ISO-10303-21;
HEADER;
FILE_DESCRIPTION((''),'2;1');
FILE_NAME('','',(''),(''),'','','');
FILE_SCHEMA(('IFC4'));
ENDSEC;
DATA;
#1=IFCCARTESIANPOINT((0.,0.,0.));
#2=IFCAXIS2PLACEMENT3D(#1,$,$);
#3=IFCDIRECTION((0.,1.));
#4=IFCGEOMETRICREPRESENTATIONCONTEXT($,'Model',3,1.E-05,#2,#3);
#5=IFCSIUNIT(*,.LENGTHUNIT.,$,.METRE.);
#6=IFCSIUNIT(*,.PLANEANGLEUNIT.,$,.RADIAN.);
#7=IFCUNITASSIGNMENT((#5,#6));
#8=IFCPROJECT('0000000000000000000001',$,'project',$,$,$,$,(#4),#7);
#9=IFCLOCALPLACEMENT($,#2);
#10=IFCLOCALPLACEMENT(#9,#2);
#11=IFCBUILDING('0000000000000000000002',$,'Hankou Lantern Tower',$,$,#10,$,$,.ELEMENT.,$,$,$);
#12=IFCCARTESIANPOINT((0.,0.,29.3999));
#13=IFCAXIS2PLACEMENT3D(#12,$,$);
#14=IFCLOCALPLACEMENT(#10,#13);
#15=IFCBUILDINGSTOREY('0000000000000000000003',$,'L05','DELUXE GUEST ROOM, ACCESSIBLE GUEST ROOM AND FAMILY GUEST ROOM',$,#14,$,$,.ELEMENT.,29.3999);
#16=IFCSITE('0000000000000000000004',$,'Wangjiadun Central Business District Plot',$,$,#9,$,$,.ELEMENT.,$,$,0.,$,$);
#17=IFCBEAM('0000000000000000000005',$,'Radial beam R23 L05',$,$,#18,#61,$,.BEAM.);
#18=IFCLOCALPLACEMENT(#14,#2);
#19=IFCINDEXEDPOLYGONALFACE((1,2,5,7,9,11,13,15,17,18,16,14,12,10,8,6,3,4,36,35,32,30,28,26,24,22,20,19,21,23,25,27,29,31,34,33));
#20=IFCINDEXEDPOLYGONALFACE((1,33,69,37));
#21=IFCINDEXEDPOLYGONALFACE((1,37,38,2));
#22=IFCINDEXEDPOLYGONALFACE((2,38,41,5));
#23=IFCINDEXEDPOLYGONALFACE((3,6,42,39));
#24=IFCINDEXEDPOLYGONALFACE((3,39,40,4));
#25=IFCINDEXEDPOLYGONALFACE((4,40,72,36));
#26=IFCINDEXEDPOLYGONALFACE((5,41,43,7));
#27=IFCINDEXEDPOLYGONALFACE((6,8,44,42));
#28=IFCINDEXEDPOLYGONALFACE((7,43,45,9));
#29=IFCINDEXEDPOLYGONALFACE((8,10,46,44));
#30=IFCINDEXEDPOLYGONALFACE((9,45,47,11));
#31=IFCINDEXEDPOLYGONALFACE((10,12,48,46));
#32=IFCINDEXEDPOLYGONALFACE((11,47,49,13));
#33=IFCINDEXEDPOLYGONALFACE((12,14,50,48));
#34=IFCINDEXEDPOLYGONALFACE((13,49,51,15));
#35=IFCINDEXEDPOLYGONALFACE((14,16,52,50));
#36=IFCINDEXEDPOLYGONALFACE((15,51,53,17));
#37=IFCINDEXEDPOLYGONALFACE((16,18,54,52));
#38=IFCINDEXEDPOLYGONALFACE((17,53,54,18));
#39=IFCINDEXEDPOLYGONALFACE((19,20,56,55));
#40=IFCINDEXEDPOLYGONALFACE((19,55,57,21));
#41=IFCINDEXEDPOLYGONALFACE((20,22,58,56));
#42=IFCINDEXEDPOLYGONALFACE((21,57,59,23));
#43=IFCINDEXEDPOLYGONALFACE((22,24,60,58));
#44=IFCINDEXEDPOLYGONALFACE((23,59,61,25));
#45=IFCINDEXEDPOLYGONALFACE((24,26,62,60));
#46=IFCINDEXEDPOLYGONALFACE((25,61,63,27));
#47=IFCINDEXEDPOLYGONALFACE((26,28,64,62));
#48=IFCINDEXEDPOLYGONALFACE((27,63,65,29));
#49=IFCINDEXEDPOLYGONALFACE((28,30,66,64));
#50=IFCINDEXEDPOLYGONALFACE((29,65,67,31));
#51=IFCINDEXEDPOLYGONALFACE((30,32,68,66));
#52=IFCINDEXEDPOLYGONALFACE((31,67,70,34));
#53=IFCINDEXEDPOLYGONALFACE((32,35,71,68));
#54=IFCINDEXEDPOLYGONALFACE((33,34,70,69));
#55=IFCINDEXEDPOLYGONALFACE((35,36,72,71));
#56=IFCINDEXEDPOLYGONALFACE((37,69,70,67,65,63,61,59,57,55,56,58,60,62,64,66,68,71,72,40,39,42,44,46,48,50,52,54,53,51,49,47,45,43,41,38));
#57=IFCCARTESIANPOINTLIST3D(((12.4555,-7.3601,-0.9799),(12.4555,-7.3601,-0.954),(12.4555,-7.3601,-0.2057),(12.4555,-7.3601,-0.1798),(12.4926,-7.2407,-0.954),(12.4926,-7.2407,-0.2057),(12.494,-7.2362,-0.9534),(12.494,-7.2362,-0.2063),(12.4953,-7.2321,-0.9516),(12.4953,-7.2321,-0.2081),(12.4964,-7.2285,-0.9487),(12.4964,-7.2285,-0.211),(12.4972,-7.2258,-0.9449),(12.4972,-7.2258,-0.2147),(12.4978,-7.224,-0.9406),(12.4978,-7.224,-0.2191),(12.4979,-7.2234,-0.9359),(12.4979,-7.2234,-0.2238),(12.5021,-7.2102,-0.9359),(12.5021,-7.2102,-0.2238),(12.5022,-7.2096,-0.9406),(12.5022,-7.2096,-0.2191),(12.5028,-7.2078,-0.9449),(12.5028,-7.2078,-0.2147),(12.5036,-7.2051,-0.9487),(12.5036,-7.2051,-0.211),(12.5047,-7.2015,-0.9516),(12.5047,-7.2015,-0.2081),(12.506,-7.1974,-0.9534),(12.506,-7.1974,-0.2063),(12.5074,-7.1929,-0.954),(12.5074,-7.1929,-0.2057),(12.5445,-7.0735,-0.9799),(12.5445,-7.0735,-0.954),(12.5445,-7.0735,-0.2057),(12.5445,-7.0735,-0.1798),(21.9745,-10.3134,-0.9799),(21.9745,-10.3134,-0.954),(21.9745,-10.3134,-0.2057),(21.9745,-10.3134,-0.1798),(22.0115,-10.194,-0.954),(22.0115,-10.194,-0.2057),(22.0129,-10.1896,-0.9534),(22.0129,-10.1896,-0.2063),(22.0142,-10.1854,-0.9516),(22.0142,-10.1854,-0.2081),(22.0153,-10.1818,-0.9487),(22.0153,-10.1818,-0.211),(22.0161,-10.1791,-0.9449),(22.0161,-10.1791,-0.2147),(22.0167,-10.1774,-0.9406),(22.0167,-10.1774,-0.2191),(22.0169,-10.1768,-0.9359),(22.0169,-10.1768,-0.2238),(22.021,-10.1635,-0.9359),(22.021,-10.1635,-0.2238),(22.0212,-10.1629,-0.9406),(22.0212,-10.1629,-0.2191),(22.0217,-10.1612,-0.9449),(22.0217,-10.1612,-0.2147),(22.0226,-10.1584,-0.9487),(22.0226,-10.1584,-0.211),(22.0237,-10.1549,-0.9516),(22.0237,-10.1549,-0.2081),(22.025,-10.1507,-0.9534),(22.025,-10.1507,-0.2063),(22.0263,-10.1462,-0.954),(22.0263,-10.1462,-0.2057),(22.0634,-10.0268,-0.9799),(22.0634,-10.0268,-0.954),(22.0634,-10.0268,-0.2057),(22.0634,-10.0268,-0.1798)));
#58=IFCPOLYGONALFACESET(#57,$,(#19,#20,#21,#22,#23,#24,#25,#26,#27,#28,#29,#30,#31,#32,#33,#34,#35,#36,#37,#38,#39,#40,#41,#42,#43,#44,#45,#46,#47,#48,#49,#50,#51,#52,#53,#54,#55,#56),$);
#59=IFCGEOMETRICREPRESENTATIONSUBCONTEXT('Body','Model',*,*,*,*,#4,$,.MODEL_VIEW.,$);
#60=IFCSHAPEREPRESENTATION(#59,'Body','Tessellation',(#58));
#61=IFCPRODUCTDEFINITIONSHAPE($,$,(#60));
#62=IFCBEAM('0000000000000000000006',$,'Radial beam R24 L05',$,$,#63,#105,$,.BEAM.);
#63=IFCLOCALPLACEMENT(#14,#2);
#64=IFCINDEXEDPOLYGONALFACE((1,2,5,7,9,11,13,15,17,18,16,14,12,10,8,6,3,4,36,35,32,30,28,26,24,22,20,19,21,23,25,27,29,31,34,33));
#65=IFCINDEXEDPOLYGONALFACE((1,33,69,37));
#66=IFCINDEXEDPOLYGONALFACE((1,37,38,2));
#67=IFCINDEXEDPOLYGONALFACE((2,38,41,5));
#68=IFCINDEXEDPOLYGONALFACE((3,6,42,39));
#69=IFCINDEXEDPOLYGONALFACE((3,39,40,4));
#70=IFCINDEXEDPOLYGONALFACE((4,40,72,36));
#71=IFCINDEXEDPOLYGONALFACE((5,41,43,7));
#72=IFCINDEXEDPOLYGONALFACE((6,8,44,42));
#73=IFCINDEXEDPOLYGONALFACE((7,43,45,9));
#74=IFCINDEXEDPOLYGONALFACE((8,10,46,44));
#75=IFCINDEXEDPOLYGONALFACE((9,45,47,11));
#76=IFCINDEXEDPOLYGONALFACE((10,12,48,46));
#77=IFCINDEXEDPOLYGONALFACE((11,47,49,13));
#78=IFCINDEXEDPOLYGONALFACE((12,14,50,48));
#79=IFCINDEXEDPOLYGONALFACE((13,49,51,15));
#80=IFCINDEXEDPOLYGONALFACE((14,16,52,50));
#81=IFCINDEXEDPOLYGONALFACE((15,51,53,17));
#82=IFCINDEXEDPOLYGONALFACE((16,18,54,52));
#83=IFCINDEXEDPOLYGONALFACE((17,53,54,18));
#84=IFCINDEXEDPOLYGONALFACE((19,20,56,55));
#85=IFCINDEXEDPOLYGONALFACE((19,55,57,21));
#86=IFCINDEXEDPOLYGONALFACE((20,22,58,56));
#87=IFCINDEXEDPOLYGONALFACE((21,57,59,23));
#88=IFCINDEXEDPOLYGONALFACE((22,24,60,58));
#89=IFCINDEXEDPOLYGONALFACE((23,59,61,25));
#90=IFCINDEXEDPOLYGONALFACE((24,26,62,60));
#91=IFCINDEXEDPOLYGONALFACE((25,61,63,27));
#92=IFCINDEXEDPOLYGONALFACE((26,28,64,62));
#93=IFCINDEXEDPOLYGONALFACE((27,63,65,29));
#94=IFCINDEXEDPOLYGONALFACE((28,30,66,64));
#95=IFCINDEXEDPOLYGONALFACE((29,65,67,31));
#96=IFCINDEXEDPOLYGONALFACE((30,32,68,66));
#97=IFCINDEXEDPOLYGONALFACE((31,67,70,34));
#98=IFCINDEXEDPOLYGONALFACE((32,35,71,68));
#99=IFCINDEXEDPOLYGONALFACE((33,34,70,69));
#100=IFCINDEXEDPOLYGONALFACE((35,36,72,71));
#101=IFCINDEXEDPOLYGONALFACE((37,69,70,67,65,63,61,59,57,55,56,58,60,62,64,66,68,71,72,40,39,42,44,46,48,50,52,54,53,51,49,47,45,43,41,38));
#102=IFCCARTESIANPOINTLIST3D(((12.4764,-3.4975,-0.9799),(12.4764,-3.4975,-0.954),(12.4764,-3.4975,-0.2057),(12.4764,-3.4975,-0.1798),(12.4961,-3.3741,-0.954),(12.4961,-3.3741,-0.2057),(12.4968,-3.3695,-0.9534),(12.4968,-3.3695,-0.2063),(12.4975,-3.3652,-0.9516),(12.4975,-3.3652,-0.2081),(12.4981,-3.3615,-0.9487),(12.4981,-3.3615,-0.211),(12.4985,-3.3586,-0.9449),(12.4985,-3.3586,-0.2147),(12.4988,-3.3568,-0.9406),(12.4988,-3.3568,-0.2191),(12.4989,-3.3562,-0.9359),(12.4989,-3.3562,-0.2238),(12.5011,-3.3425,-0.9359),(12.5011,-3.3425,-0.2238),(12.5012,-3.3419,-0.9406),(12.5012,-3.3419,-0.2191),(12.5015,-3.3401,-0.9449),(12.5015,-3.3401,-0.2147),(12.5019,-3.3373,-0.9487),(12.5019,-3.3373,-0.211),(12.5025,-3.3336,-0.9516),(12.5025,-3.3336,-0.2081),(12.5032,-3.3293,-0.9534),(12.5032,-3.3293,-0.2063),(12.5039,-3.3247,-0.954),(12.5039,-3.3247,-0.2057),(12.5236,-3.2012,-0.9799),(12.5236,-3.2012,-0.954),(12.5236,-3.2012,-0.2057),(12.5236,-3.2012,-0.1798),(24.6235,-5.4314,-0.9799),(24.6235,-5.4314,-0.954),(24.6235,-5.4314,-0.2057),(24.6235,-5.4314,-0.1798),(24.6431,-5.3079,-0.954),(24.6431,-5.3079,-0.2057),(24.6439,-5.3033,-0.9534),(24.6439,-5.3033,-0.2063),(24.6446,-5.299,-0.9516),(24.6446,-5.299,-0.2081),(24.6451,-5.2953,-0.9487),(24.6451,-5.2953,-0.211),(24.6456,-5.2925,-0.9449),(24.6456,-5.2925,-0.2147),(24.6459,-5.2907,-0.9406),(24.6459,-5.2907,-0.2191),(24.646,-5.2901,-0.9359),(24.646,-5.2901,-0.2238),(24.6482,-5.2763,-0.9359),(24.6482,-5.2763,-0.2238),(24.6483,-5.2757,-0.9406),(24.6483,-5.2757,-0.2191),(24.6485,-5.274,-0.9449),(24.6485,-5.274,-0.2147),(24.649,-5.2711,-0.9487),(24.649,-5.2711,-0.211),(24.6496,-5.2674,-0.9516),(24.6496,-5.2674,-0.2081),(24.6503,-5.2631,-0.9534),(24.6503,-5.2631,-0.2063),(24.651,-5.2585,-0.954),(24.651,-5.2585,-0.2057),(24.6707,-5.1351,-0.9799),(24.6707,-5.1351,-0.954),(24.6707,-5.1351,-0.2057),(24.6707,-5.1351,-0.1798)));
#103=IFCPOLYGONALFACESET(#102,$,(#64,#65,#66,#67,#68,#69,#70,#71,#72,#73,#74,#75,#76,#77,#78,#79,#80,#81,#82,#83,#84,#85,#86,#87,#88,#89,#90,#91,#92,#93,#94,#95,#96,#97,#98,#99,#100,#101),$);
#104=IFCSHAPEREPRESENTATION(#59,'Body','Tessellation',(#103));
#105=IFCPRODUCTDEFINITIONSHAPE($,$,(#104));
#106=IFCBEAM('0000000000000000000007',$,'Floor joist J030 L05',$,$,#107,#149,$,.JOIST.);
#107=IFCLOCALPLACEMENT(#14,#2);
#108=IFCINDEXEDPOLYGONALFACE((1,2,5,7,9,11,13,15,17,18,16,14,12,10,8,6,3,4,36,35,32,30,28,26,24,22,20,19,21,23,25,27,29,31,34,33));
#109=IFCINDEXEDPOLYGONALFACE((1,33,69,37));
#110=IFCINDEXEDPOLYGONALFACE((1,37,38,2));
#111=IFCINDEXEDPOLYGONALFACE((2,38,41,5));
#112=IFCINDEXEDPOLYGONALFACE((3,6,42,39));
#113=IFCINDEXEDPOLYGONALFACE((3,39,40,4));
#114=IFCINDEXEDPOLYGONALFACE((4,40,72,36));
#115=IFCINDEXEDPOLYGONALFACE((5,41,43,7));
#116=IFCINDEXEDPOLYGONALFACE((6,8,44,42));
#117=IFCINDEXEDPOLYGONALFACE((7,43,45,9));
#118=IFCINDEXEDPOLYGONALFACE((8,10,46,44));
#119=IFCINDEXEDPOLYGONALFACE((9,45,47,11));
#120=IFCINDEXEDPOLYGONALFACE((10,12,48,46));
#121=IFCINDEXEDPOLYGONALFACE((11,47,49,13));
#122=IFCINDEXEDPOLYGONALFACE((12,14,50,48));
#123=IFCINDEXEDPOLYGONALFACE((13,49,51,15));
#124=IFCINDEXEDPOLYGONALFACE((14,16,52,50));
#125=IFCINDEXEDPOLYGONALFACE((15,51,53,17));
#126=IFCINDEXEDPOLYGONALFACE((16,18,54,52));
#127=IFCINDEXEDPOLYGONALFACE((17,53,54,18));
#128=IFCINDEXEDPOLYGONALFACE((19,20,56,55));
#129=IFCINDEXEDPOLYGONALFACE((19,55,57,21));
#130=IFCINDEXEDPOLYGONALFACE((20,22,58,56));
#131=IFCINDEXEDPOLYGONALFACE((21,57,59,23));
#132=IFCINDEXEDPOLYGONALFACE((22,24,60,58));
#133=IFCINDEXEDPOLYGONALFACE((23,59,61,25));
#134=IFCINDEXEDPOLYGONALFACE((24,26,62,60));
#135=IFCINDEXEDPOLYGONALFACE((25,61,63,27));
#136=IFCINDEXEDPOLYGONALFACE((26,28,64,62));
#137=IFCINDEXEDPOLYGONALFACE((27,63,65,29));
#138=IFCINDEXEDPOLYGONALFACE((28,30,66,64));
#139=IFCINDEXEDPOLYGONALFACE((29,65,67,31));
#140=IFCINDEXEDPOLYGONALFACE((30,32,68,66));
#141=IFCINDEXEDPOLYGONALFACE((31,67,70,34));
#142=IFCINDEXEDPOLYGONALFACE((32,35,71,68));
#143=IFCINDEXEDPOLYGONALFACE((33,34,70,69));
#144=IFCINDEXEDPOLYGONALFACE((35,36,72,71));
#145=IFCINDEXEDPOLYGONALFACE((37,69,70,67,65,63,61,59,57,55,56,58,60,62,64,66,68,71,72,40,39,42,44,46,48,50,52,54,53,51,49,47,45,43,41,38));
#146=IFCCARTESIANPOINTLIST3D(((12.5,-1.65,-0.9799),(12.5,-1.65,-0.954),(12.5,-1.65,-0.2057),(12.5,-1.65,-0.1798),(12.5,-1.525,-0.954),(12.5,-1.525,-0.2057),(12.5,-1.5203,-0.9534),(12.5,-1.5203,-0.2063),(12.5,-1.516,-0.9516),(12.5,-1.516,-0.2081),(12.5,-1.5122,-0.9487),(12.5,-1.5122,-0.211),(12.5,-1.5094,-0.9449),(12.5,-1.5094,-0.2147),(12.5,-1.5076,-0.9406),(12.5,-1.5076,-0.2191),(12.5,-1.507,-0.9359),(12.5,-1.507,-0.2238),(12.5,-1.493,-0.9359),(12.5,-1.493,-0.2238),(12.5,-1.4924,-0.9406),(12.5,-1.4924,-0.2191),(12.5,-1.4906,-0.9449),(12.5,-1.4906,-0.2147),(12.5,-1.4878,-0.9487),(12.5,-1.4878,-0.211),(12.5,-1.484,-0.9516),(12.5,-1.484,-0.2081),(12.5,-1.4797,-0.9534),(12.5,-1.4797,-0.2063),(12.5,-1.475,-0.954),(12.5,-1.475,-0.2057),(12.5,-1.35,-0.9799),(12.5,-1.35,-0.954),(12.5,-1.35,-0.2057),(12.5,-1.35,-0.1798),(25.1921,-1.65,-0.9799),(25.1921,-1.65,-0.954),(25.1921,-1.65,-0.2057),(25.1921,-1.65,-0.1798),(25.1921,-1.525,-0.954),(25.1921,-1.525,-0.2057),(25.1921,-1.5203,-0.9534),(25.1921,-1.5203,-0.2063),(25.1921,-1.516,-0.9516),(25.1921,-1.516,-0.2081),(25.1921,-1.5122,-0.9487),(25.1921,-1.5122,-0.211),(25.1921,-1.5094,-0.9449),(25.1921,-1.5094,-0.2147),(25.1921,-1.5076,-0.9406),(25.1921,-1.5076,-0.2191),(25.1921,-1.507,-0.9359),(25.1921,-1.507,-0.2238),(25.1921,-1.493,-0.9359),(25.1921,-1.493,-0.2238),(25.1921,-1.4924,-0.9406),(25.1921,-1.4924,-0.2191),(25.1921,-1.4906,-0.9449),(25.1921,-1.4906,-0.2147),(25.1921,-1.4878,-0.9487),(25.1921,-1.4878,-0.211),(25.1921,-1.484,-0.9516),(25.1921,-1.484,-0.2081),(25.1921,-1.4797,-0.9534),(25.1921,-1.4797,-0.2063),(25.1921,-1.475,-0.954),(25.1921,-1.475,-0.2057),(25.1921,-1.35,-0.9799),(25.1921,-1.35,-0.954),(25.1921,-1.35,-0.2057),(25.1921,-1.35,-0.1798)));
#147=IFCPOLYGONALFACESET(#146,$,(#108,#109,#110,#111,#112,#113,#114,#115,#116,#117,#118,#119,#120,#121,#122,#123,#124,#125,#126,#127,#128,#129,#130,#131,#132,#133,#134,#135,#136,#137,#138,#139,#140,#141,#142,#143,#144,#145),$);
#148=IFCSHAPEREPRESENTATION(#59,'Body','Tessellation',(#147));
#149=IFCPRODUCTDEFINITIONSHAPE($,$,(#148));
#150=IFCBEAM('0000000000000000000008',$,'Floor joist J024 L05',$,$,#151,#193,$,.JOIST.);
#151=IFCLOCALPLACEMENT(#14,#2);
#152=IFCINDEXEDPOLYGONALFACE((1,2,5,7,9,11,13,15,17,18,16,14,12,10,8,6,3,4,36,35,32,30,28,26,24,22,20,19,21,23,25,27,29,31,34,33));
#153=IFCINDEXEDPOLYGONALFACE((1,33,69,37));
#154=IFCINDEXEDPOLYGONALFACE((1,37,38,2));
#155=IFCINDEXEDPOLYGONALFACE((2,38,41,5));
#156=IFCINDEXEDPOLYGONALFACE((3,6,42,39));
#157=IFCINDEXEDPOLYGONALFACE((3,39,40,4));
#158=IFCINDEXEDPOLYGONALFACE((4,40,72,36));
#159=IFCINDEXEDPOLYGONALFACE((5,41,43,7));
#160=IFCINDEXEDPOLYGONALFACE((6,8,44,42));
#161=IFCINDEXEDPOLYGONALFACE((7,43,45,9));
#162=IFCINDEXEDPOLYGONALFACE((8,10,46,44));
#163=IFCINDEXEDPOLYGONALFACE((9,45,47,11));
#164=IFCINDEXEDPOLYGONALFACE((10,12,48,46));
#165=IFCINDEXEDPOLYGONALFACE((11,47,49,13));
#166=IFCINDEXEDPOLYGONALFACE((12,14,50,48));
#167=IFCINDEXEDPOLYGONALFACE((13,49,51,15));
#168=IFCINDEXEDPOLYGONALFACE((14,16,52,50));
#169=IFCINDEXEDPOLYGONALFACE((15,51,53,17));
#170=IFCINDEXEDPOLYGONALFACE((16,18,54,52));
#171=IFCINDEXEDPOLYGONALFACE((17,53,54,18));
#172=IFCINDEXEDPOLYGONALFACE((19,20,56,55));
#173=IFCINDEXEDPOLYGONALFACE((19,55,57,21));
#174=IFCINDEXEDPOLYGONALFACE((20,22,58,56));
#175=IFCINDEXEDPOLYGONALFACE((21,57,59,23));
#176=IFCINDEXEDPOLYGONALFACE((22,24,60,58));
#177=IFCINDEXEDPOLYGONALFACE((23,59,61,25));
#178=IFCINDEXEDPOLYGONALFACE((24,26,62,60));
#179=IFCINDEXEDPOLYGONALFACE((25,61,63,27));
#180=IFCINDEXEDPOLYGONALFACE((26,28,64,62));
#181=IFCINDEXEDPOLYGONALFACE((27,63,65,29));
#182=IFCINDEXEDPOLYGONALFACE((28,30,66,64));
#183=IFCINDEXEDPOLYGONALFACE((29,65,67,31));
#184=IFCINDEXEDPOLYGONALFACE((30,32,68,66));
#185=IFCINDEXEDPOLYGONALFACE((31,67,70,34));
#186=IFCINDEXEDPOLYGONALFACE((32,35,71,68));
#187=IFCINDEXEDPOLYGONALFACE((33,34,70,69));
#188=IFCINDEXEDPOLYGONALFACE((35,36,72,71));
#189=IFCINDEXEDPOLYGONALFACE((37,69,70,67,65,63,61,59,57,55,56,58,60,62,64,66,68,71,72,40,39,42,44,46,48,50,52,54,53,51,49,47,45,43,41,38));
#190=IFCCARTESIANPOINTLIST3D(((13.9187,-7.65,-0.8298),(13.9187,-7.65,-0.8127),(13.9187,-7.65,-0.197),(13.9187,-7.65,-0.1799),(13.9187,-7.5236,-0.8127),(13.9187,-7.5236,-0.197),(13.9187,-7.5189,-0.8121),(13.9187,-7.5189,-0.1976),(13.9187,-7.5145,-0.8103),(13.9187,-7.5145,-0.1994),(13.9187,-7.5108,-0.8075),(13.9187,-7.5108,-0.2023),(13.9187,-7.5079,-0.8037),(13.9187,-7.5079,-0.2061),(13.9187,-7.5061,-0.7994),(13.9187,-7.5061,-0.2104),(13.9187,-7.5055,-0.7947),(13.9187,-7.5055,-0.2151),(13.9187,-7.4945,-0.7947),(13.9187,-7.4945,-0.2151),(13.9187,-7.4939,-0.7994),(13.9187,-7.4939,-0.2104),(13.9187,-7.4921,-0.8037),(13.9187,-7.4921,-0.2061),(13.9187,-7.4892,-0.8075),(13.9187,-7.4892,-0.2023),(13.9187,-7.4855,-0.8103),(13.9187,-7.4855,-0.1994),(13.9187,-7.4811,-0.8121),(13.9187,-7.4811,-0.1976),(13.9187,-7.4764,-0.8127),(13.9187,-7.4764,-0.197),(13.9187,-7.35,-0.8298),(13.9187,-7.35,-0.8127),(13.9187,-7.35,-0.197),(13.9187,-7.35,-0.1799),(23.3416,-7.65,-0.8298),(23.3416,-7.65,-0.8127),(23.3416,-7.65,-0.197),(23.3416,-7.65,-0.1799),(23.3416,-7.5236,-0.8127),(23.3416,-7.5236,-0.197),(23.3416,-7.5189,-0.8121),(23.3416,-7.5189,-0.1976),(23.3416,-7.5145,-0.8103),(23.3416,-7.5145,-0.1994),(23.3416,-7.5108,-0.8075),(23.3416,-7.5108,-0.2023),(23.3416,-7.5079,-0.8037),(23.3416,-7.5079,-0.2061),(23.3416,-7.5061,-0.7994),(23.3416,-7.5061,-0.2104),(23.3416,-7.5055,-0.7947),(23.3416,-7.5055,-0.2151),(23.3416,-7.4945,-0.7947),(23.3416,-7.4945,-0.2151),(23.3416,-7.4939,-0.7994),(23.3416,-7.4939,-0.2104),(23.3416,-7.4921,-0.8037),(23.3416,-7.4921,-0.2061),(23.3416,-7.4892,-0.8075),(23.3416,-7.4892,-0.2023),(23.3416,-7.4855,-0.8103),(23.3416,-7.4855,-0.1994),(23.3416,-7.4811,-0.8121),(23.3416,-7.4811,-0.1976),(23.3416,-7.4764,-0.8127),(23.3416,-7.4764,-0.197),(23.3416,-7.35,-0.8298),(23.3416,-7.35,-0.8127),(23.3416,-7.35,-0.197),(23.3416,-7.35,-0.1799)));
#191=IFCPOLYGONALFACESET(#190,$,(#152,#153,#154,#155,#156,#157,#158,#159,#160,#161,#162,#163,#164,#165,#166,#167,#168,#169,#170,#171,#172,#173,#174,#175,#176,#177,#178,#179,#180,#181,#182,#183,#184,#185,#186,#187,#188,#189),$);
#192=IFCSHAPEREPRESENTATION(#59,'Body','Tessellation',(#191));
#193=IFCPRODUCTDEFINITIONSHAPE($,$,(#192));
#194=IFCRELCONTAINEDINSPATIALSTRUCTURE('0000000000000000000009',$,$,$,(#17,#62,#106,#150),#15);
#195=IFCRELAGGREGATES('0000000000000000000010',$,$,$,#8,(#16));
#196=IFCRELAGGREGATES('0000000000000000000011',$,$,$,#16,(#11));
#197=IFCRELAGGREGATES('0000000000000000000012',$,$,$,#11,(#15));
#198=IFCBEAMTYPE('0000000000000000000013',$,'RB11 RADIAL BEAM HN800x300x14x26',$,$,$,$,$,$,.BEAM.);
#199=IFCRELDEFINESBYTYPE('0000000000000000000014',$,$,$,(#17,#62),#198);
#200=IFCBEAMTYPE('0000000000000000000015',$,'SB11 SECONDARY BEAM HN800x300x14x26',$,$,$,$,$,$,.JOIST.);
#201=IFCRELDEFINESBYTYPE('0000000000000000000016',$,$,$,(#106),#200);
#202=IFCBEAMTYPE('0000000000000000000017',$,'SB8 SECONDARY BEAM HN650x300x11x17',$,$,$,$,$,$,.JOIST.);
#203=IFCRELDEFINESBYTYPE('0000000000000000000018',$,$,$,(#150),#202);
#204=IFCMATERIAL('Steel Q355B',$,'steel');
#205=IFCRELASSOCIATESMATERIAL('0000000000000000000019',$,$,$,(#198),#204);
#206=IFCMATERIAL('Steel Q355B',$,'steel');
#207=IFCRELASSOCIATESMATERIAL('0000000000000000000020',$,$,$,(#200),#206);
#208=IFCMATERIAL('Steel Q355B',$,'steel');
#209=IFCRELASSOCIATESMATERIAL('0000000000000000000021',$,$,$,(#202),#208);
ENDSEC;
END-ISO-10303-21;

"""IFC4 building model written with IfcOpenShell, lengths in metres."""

from ifc_helpers import new_model, si_unit, direction, frame, origin, origin_2d, place, context, subcontext, project, spatial, i_section, extrude, material, material_profile, profile_set, type_object, element, save


model = new_model("IFC4")

# Units and contexts
model_context = context("Model", 3, precision=1e-05, world=origin(), true_north=direction((0.0, 1.0)))
body_context = subcontext(model_context, "Body", "Model", "MODEL_VIEW")
ifc_project = project(units=[si_unit("LENGTHUNIT", "METRE"), si_unit("PLANEANGLEUNIT", "RADIAN")], contexts=[model_context])

# Site, building, storey
site_placement = place(None, origin())
site = spatial("IfcSite", under=ifc_project, at=site_placement, Name="Wangjiadun Central Business District Plot", CompositionType="ELEMENT", RefElevation=0.0)
building_placement = place(site_placement, origin())
building = spatial("IfcBuilding", under=site, at=building_placement, Name="Hankou Lantern Tower", CompositionType="ELEMENT")
storey_placement = place(building_placement, frame((0.0, 0.0, 29.3999)))
storey = spatial("IfcBuildingStorey", under=building, at=storey_placement, Name="L05", Description="DELUXE GUEST ROOM, ACCESSIBLE GUEST ROOM AND FAMILY GUEST ROOM", CompositionType="ELEMENT", Elevation=29.3999)

# Beams
ifc_material_1 = material(Name="Steel Q355B", Category="steel")
ifc_material_profile_1 = material_profile(ifc_material_1, i_section(OverallWidth=0.3, OverallDepth=0.8, WebThickness=0.0139, FlangeThickness=0.0259, FilletRadius=0.0181, at=origin_2d()), Name="HN800x300x14x26")
ifc_profile_set_1 = profile_set([ifc_material_profile_1], Name="Steel Q355B")
beam_type_1 = type_object("IfcBeamType", Name="RB11 RADIAL BEAM HN800x300x14x26", PredefinedType="BEAM", material=ifc_profile_set_1)
beam_1_placement = place(storey_placement, frame((12.5, -7.2168, -0.5798), z_axis=(0.955087, -0.296324, 0.0), x_axis=(0.296324, 0.955087, 0.0)))
element("IfcBeam", 1, at=beam_1_placement, inside=storey, type_object=beam_type_1, Name="Radial beam R23 L05", PredefinedType="BEAM", context=body_context, shape_type="SweptSolid", body=[
    extrude(i_section(OverallWidth=0.3, OverallDepth=0.8, WebThickness=0.0139, FlangeThickness=0.0259, FilletRadius=0.0181, at=origin_2d()), origin(), (0.0, 0.0, 1.0), 9.9666),
])
beam_2_placement = place(storey_placement, frame((12.5, -3.3494, -0.5798), z_axis=(0.987563, -0.157223, 0.0), x_axis=(0.157223, 0.987563, 0.0)))
element("IfcBeam", 2, at=beam_2_placement, inside=storey, type_object=beam_type_1, Name="Radial beam R24 L05", PredefinedType="BEAM", context=body_context, shape_type="SweptSolid", body=[
    extrude(i_section(OverallWidth=0.3, OverallDepth=0.8, WebThickness=0.0139, FlangeThickness=0.0259, FilletRadius=0.0181, at=origin_2d()), origin(), (0.0, 0.0, 1.0), 12.3),
])
ifc_material_2 = material(Name="Steel Q355B", Category="steel")
ifc_material_profile_2 = material_profile(ifc_material_2, i_section(OverallWidth=0.3, OverallDepth=0.8, WebThickness=0.0139, FlangeThickness=0.0259, FilletRadius=0.0181, at=origin_2d()), Name="HN800x300x14x26")
ifc_profile_set_2 = profile_set([ifc_material_profile_2], Name="Steel Q355B")
beam_type_2 = type_object("IfcBeamType", Name="SB11 SECONDARY BEAM HN800x300x14x26", PredefinedType="JOIST", material=ifc_profile_set_2)
beam_3_placement = place(storey_placement, frame((12.5, -1.5, -0.5798), z_axis=(1.0, 0.0, 0.0), x_axis=(0.0, 1.0, 0.0)))
element("IfcBeam", 3, at=beam_3_placement, inside=storey, type_object=beam_type_2, Name="Floor joist J030 L05", PredefinedType="JOIST", context=body_context, shape_type="SweptSolid", body=[
    extrude(i_section(OverallWidth=0.3, OverallDepth=0.8, WebThickness=0.0139, FlangeThickness=0.0259, FilletRadius=0.0181, at=origin_2d()), origin(), (0.0, 0.0, 1.0), 12.6921),
])
ifc_material_3 = material(Name="Steel Q355B", Category="steel")
ifc_material_profile_3 = material_profile(ifc_material_3, i_section(OverallWidth=0.3, OverallDepth=0.6499, WebThickness=0.011, FlangeThickness=0.0171, FilletRadius=0.0181, at=origin_2d()), Name="HN650x300x11x17")
ifc_profile_set_3 = profile_set([ifc_material_profile_3], Name="Steel Q355B")
beam_type_3 = type_object("IfcBeamType", Name="SB8 SECONDARY BEAM HN650x300x11x17", PredefinedType="JOIST", material=ifc_profile_set_3)
beam_4_placement = place(storey_placement, frame((13.9187, -7.5, -0.5049), z_axis=(1.0, 0.0, 0.0), x_axis=(0.0, 1.0, 0.0)))
element("IfcBeam", 4, at=beam_4_placement, inside=storey, type_object=beam_type_3, Name="Floor joist J024 L05", PredefinedType="JOIST", context=body_context, shape_type="SweptSolid", body=[
    extrude(i_section(OverallWidth=0.3, OverallDepth=0.6499, WebThickness=0.011, FlangeThickness=0.0171, FilletRadius=0.0181, at=origin_2d()), origin(), (0.0, 0.0, 1.0), 9.4229),
])

save(model, "model.ifc")
